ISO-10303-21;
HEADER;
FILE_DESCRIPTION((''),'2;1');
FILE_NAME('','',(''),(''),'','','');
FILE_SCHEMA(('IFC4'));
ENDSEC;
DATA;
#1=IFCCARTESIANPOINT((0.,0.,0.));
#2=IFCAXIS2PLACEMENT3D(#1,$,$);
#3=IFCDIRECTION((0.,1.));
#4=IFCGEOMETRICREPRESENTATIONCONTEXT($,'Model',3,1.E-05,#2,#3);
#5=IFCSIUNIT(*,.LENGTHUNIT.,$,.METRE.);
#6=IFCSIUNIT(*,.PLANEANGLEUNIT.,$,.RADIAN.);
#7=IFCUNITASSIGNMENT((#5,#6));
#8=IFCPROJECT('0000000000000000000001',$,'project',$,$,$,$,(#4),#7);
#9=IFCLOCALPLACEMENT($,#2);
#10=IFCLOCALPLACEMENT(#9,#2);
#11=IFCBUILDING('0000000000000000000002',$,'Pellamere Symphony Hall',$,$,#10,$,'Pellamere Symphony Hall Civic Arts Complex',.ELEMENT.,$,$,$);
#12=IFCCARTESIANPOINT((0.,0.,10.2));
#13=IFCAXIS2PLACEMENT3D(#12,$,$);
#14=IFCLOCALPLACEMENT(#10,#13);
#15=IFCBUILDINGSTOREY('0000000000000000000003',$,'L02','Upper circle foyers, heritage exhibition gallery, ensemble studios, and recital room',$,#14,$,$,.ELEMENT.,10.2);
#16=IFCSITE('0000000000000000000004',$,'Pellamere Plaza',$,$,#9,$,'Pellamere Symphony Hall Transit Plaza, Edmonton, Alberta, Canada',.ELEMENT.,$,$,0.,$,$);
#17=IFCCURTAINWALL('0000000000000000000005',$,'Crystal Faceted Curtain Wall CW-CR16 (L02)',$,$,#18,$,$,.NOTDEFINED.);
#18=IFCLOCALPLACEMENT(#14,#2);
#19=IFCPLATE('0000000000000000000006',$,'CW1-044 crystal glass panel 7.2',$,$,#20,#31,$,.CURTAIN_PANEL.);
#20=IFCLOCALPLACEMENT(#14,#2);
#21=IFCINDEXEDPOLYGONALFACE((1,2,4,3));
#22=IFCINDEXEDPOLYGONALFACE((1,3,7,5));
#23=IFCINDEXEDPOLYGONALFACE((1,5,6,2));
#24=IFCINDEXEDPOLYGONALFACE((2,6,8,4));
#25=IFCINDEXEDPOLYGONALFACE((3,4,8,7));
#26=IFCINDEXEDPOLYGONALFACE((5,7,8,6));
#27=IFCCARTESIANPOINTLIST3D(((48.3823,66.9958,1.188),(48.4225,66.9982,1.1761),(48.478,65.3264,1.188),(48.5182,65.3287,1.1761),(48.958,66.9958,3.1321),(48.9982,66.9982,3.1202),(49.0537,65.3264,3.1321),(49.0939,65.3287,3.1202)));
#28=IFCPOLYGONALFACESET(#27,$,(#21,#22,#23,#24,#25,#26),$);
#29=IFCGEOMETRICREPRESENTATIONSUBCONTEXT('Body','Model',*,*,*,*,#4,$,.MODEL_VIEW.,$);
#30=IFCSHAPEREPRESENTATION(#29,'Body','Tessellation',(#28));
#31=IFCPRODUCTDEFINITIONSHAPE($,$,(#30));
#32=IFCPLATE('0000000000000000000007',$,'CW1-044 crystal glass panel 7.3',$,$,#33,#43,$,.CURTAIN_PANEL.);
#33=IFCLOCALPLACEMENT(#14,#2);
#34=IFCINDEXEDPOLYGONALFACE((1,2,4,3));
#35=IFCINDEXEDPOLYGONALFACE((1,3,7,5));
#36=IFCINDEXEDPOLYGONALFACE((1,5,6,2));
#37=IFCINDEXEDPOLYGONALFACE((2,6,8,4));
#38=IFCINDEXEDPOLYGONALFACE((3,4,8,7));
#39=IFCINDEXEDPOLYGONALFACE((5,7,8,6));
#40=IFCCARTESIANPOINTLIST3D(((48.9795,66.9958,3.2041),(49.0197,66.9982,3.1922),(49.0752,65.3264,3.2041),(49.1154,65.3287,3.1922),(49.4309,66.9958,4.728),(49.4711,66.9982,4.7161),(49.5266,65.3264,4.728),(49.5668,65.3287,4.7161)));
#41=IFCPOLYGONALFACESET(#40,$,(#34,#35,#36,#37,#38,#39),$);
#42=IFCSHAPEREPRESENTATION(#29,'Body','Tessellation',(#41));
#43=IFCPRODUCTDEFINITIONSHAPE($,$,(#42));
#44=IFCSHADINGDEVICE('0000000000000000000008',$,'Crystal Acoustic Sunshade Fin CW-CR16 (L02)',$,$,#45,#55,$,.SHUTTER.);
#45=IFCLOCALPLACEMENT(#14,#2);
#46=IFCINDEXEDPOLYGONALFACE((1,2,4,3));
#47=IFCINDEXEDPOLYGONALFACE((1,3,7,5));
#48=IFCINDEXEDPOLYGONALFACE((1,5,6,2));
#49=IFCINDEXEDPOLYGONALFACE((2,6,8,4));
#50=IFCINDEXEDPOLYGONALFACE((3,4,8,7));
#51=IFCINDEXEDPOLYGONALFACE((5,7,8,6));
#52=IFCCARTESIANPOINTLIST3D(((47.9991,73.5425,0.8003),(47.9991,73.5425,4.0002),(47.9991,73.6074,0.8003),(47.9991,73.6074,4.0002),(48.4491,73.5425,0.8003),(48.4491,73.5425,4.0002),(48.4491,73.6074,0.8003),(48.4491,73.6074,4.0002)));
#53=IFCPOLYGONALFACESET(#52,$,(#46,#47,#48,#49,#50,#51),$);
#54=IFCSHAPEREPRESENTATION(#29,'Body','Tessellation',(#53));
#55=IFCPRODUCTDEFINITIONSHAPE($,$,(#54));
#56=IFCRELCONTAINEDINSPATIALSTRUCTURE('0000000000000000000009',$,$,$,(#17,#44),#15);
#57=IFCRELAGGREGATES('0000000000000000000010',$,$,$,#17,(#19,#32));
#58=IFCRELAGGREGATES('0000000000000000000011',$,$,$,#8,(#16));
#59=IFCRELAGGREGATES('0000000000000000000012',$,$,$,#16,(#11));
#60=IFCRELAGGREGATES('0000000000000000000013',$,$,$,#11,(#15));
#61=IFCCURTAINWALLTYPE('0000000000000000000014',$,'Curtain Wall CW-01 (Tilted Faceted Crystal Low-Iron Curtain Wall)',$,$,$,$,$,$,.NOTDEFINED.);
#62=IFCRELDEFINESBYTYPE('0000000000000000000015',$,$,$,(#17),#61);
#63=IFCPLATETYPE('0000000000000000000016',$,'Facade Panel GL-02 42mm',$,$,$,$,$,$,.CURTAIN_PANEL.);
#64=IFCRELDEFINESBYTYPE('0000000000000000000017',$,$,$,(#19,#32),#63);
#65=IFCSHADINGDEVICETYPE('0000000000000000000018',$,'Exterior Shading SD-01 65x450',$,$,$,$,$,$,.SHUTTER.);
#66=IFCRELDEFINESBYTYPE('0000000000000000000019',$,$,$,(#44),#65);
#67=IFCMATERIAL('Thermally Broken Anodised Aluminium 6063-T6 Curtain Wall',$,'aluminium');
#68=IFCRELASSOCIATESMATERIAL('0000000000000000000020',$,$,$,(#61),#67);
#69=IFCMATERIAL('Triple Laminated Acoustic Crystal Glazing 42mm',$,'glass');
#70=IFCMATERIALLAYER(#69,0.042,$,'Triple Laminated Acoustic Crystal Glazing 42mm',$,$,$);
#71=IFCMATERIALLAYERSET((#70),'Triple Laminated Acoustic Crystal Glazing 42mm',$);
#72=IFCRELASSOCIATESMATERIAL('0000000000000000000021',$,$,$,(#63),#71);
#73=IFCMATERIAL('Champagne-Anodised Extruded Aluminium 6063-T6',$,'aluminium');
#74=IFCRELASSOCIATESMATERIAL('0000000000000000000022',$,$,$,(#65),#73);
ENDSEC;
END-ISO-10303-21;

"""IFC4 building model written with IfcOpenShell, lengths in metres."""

from ifc_helpers import new_model, si_unit, direction, frame, origin, origin_2d, place, context, subcontext, project, spatial, polyline, rectangle, outline, extrude, material, layer, layer_set, type_object, element, aggregate, save


model = new_model("IFC4")

# Units and contexts
model_context = context("Model", 3, precision=1e-05, world=origin(), true_north=direction((0.0, 1.0)))
body_context = subcontext(model_context, "Body", "Model", "MODEL_VIEW")
ifc_project = project(units=[si_unit("LENGTHUNIT", "METRE"), si_unit("PLANEANGLEUNIT", "RADIAN")], contexts=[model_context])

# Site, building, storey
site_placement = place(None, origin())
site = spatial("IfcSite", under=ifc_project, at=site_placement, Name="Pellamere Plaza", LongName="Pellamere Symphony Hall Transit Plaza, Edmonton, Alberta, Canada", CompositionType="ELEMENT", RefElevation=0.0)
building_placement = place(site_placement, origin())
building = spatial("IfcBuilding", under=site, at=building_placement, Name="Pellamere Symphony Hall", LongName="Pellamere Symphony Hall Civic Arts Complex", CompositionType="ELEMENT")
storey_placement = place(building_placement, frame((0.0, 0.0, 10.2)))
storey = spatial("IfcBuildingStorey", under=building, at=storey_placement, Name="L02", Description="Upper circle foyers, heritage exhibition gallery, ensemble studios, and recital room", CompositionType="ELEMENT", Elevation=10.2)

# Curtain wall, plates
ifc_material_1 = material(Name="Thermally Broken Anodised Aluminium 6063-T6 Curtain Wall", Category="aluminium")
curtain_wall_type = type_object("IfcCurtainWallType", Name="Curtain Wall CW-01 (Tilted Faceted Crystal Low-Iron Curtain Wall)", PredefinedType="NOTDEFINED", material=ifc_material_1)
curtain_wall_placement = place(storey_placement, origin())
curtain_wall = element("IfcCurtainWall", 1, at=curtain_wall_placement, inside=storey, type_object=curtain_wall_type, Name="Crystal Faceted Curtain Wall CW-CR16 (L02)", PredefinedType="NOTDEFINED")
ifc_material_2 = material(Name="Triple Laminated Acoustic Crystal Glazing 42mm", Category="glass")
ifc_layer = layer(ifc_material_2, 0.042, Name="Triple Laminated Acoustic Crystal Glazing 42mm")
ifc_layer_set = layer_set([ifc_layer], Name="Triple Laminated Acoustic Crystal Glazing 42mm")
plate_type = type_object("IfcPlateType", Name="Facade Panel GL-02 42mm", PredefinedType="CURTAIN_PANEL", material=ifc_layer_set)
plate_1_placement = place(storey_placement, frame((48.3823, 66.9958, 1.188), z_axis=(-0.957399, -0.054885, 0.283505), x_axis=(0.057233, -0.998361, 0.0)))
plate_1 = element("IfcPlate", 2, at=plate_1_placement, type_object=plate_type, Name="CW1-044 crystal glass panel 7.2", PredefinedType="CURTAIN_PANEL", context=body_context, shape_type="SweptSolid", body=[
    extrude(outline(polyline([(0.0, 0.0), (1.6722, 0.0), (1.7051, 2.0273), (0.0329, 2.0273), (0.0, 0.0)])), origin(), (0.0, 0.0, -1.0), 0.042),
])
plate_2_placement = place(storey_placement, frame((48.9795, 66.9958, 3.2041), z_axis=(-0.957373, -0.054883, 0.283592), x_axis=(0.057233, -0.998361, 0.0)))
plate_2 = element("IfcPlate", 3, at=plate_2_placement, type_object=plate_type, Name="CW1-044 crystal glass panel 7.3", PredefinedType="CURTAIN_PANEL", context=body_context, shape_type="SweptSolid", body=[
    extrude(outline(polyline([(0.0, 0.0), (1.6722, 0.0), (1.698, 1.5892), (0.0258, 1.5892), (0.0, 0.0)])), origin(), (0.0, 0.0, -1.0), 0.042),
])
aggregate(curtain_wall, [plate_1, plate_2])

# Shading device
ifc_material_3 = material(Name="Champagne-Anodised Extruded Aluminium 6063-T6", Category="aluminium")
shading_device_type = type_object("IfcShadingDeviceType", Name="Exterior Shading SD-01 65x450", PredefinedType="SHUTTER", material=ifc_material_3)
shading_device_placement = place(storey_placement, frame((48.2241, 73.575, 0.8003), z_axis=(0.0, 0.0, 1.0), x_axis=(0.0, 1.0, 0.0)))
element("IfcShadingDevice", 4, at=shading_device_placement, inside=storey, type_object=shading_device_type, Name="Crystal Acoustic Sunshade Fin CW-CR16 (L02)", PredefinedType="SHUTTER", context=body_context, shape_type="SweptSolid", body=[
    extrude(rectangle(XDim=0.0649, YDim=0.45, at=origin_2d()), origin(), (0.0, 0.0, 1.0), 3.2),
])

save(model, "model.ifc")
